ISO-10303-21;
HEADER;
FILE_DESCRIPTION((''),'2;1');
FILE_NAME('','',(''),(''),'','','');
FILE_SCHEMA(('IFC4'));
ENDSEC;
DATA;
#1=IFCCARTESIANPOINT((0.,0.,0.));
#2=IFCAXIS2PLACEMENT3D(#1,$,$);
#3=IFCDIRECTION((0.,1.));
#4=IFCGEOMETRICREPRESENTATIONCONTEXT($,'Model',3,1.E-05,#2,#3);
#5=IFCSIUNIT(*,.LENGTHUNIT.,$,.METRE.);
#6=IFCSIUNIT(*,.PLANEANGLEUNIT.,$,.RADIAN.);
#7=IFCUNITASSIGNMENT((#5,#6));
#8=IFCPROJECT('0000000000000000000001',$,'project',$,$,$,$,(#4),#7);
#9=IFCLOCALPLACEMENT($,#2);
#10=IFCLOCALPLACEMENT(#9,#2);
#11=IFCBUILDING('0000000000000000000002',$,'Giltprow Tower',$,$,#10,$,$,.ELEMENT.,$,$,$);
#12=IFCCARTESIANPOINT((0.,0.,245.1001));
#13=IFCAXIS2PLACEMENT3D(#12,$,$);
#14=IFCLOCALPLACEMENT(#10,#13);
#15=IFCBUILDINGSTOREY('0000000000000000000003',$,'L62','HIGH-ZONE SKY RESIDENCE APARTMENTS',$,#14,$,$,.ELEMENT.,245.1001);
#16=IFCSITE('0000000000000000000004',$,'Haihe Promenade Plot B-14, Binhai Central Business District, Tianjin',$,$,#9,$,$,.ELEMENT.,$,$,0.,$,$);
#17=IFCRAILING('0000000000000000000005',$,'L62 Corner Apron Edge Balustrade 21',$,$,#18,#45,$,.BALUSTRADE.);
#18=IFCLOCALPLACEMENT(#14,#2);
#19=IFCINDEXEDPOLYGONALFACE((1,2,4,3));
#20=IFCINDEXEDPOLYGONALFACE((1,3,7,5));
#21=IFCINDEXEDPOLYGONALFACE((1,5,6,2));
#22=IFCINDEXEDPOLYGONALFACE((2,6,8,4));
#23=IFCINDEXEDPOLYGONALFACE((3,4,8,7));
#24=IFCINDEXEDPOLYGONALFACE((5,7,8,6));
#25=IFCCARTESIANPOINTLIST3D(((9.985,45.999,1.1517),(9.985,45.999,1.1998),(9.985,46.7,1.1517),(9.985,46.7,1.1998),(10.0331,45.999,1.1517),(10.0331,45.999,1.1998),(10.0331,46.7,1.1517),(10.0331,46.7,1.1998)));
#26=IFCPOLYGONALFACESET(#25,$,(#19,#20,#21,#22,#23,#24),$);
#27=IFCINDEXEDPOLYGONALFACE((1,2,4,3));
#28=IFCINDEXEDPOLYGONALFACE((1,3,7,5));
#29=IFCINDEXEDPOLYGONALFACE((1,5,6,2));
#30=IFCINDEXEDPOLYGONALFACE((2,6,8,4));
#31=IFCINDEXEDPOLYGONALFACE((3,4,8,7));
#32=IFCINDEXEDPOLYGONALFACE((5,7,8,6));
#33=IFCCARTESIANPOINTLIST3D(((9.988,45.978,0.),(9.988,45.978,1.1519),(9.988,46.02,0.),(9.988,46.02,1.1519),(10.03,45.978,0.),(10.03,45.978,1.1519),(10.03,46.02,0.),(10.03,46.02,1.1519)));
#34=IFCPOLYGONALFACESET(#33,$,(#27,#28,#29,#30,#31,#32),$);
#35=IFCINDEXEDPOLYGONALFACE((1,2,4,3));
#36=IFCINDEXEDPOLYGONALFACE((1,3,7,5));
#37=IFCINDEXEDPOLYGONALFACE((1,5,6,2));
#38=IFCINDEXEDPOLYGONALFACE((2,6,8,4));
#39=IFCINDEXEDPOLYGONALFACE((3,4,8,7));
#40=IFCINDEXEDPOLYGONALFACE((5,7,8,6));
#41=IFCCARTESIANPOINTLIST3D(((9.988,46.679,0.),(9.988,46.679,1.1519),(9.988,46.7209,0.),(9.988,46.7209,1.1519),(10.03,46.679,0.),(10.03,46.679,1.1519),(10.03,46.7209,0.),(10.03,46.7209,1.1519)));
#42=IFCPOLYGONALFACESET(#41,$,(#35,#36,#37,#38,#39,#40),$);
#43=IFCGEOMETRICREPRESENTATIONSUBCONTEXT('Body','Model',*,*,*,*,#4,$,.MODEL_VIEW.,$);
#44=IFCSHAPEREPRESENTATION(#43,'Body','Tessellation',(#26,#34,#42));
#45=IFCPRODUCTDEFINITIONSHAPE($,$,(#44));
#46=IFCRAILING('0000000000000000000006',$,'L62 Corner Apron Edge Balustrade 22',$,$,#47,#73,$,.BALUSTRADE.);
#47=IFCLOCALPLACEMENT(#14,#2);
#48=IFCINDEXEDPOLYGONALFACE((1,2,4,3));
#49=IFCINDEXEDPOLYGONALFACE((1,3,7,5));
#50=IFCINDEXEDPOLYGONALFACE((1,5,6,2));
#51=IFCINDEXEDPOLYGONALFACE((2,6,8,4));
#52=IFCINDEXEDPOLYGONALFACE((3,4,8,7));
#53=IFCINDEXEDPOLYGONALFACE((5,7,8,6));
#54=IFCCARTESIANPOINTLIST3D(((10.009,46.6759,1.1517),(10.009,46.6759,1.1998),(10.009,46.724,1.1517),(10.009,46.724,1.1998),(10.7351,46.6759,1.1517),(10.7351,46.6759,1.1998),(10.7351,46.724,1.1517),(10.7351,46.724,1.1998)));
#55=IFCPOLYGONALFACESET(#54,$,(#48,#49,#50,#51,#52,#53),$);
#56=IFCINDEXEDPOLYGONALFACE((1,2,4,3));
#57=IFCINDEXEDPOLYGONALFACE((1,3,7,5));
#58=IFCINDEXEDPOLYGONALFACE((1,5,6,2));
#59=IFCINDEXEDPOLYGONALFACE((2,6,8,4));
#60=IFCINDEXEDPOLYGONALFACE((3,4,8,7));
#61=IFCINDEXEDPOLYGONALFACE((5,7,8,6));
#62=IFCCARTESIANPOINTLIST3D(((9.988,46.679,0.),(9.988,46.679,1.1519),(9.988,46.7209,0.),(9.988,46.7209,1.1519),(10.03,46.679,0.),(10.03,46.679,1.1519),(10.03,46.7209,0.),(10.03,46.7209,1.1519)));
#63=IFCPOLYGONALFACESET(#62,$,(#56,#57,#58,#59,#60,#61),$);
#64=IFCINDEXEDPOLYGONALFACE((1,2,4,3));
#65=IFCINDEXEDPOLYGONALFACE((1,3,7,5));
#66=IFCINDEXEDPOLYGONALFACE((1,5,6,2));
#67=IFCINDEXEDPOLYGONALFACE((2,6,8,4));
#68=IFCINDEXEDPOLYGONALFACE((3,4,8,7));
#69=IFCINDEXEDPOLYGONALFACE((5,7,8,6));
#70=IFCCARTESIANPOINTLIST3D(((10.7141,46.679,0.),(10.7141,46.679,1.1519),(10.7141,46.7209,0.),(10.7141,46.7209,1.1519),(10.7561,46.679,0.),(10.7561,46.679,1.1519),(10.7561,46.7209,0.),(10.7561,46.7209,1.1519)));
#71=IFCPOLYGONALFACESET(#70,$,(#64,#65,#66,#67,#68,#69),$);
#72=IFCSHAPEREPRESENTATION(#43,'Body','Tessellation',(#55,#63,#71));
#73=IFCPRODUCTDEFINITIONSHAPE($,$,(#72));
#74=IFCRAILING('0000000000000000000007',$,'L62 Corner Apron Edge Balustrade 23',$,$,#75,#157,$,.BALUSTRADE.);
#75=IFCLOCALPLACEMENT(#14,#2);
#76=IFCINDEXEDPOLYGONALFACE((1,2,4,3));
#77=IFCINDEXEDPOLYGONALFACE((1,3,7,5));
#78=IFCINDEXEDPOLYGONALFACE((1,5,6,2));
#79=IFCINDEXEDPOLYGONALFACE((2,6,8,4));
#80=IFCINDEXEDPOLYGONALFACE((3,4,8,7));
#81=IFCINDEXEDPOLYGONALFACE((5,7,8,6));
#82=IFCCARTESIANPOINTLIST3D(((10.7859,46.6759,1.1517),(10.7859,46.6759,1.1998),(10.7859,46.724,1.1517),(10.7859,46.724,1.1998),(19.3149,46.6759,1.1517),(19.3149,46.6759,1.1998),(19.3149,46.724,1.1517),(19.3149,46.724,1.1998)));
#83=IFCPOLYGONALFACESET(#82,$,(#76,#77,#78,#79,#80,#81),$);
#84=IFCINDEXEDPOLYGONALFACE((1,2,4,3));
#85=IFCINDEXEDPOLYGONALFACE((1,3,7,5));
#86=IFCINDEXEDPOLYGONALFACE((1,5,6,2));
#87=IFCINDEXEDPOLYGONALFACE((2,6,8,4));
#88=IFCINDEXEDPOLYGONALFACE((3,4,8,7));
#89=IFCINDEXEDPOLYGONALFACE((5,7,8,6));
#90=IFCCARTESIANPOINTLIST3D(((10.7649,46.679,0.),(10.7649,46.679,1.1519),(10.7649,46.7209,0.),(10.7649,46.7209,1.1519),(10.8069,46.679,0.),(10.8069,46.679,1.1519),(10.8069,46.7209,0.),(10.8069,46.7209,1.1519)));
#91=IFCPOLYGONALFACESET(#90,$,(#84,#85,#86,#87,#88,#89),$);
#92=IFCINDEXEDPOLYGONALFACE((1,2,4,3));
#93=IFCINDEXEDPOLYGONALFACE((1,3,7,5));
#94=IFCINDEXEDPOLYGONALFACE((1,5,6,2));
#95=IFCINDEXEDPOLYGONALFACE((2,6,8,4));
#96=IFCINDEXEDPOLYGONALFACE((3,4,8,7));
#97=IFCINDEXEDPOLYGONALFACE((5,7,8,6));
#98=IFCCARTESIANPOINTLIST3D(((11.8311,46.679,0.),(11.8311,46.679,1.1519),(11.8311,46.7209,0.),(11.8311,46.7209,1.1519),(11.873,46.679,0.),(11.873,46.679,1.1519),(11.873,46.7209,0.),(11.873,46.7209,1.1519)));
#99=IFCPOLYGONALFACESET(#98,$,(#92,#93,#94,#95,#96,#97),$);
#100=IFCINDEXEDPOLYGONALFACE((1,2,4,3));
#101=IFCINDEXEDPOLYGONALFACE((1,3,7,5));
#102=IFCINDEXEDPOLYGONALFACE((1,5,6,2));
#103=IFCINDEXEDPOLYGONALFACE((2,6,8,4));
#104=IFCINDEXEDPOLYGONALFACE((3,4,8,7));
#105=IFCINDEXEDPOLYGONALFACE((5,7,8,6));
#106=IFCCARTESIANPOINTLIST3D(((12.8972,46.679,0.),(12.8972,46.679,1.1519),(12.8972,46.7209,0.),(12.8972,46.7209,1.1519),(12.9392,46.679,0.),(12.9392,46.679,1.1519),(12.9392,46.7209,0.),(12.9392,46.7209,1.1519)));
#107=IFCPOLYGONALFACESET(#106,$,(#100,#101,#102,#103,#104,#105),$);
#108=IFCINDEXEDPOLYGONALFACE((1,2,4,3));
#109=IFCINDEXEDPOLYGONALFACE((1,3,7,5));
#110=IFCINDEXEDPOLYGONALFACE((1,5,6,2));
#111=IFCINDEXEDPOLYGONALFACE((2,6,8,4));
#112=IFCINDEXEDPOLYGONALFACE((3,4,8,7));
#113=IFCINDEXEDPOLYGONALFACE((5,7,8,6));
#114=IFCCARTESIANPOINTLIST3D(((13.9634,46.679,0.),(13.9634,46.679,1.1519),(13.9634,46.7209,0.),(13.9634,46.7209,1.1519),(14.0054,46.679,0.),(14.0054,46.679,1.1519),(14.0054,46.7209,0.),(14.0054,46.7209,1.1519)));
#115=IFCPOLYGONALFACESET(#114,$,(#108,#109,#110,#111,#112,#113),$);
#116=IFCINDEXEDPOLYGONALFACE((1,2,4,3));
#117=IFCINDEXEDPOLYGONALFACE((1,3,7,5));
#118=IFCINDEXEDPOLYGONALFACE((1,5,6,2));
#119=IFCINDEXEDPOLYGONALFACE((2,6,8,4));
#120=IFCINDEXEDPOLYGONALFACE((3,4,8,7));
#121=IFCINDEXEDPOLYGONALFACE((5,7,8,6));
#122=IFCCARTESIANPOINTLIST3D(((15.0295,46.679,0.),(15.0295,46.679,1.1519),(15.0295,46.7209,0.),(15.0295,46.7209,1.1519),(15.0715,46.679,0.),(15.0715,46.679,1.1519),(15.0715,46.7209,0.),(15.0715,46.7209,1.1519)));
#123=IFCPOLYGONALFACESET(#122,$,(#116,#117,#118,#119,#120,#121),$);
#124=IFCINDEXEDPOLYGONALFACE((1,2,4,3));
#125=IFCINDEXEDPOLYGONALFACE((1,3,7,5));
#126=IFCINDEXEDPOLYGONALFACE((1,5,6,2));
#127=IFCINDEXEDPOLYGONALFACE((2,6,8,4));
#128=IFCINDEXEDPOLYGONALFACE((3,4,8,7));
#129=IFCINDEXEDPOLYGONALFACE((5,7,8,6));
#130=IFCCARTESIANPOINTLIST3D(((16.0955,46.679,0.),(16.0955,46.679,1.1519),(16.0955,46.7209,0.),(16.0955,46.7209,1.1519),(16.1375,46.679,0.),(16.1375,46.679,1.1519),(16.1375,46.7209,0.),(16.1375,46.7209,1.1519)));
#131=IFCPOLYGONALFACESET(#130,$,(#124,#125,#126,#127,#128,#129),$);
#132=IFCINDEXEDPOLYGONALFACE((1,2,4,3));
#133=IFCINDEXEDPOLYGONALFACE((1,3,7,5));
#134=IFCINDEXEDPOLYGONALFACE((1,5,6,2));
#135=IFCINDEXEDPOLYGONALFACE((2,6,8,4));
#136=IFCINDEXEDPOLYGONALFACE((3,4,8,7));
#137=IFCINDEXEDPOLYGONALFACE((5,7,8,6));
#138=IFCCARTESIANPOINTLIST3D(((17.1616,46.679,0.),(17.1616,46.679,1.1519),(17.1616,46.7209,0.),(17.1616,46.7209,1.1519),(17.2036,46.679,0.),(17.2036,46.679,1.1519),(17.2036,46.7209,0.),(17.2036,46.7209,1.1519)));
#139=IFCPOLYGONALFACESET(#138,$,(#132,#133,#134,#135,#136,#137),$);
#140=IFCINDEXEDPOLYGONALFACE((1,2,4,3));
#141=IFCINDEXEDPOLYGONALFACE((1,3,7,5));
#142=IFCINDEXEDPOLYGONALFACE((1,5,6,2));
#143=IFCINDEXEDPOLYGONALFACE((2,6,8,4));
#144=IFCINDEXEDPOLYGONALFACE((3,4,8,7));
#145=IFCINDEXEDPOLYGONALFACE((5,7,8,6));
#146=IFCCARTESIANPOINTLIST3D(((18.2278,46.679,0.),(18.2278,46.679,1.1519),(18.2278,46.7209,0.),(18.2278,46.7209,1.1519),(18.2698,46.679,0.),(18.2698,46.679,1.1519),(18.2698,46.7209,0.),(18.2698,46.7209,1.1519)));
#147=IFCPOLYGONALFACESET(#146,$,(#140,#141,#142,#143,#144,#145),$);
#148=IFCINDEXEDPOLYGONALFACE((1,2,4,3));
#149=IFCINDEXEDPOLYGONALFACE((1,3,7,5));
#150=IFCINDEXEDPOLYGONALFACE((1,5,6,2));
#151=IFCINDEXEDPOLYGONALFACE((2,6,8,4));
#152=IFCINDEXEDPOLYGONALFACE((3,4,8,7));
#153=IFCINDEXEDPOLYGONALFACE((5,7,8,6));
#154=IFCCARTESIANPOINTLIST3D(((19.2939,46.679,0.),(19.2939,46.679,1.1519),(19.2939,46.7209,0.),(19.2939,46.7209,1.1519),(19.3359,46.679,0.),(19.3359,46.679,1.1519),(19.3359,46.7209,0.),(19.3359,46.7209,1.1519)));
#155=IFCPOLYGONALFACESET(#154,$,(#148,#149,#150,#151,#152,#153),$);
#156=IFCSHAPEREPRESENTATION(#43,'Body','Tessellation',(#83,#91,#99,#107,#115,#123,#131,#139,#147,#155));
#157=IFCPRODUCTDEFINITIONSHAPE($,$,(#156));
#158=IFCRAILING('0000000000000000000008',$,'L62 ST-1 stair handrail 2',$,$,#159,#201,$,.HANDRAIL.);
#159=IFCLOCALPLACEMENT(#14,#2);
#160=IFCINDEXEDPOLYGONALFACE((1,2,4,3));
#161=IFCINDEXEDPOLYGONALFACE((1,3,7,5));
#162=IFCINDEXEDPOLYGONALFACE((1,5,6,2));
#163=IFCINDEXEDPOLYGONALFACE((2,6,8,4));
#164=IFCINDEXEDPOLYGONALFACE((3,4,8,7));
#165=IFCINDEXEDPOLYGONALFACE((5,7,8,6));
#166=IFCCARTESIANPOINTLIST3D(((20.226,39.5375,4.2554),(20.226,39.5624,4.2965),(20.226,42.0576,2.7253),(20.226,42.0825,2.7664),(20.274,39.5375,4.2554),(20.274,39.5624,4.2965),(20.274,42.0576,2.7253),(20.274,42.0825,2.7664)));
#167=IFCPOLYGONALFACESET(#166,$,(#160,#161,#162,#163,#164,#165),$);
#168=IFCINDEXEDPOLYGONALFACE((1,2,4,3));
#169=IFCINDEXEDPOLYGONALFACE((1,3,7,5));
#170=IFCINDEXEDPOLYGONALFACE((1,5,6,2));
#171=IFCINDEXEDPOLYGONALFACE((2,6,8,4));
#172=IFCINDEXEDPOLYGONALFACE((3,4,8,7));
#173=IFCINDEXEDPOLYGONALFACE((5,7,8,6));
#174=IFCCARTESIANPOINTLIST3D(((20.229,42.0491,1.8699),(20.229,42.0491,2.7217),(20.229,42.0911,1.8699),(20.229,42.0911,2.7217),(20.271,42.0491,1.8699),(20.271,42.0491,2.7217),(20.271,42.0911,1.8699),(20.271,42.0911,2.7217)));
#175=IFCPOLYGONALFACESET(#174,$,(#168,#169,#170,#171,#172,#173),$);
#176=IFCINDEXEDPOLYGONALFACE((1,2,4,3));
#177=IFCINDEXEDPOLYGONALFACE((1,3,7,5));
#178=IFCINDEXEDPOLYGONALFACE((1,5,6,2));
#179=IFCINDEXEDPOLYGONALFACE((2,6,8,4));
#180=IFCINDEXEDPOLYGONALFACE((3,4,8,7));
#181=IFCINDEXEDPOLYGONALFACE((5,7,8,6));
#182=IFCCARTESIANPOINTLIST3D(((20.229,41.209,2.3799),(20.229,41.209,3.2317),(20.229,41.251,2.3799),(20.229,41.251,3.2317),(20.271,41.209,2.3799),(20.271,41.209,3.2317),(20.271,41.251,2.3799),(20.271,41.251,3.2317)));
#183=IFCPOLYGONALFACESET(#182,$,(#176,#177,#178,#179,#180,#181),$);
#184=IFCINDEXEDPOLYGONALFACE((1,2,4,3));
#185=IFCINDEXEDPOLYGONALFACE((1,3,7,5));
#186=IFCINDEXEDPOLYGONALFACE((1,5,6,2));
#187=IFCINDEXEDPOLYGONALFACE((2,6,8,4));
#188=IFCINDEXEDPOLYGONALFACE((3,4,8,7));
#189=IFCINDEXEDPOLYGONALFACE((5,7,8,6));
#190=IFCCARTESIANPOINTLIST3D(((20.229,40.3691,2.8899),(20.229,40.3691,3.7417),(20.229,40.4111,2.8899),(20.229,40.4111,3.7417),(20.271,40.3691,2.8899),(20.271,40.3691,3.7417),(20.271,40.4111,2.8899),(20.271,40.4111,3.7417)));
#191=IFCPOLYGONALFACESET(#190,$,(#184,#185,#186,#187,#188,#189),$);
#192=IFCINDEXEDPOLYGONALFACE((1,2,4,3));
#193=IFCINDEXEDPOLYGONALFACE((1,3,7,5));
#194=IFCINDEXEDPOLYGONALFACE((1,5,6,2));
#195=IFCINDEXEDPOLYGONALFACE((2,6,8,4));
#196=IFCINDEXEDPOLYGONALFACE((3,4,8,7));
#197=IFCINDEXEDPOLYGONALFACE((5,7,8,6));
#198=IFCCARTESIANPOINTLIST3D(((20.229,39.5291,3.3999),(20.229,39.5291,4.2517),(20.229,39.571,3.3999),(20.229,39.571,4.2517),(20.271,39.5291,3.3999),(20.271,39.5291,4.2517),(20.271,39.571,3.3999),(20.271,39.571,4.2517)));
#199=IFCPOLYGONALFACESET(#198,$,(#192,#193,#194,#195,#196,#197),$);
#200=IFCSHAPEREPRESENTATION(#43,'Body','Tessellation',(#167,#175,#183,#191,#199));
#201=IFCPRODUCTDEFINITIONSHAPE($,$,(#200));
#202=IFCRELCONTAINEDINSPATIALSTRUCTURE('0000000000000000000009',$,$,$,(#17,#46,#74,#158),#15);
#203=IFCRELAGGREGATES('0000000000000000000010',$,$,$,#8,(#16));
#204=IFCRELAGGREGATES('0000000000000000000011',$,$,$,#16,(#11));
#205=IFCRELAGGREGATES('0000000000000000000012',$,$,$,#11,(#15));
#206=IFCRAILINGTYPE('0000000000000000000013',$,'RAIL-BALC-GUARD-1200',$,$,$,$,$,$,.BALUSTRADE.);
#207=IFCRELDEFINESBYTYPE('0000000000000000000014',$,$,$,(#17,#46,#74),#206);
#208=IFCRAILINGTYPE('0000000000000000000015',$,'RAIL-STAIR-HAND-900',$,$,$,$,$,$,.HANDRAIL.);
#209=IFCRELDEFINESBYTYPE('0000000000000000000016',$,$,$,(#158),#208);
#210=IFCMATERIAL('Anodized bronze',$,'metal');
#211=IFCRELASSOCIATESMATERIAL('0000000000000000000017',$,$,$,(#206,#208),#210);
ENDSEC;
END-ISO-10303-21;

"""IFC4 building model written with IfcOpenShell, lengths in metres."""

from ifc_helpers import new_model, si_unit, direction, frame, origin, origin_2d, place, context, subcontext, project, spatial, rectangle, extrude, material, type_object, element, save


model = new_model("IFC4")

# Units and contexts
model_context = context("Model", 3, precision=1e-05, world=origin(), true_north=direction((0.0, 1.0)))
body_context = subcontext(model_context, "Body", "Model", "MODEL_VIEW")
ifc_project = project(units=[si_unit("LENGTHUNIT", "METRE"), si_unit("PLANEANGLEUNIT", "RADIAN")], contexts=[model_context])

# Site, building, storey
site_placement = place(None, origin())
site = spatial("IfcSite", under=ifc_project, at=site_placement, Name="Haihe Promenade Plot B-14, Binhai Central Business District, Tianjin", CompositionType="ELEMENT", RefElevation=0.0)
building_placement = place(site_placement, origin())
building = spatial("IfcBuilding", under=site, at=building_placement, Name="Giltprow Tower", CompositionType="ELEMENT")
storey_placement = place(building_placement, frame((0.0, 0.0, 245.1001)))
storey = spatial("IfcBuildingStorey", under=building, at=storey_placement, Name="L62", Description="HIGH-ZONE SKY RESIDENCE APARTMENTS", CompositionType="ELEMENT", Elevation=245.1001)

# Railings
ifc_material_1 = material(Name="Anodized bronze", Category="metal")
railing_type_1 = type_object("IfcRailingType", Name="RAIL-BALC-GUARD-1200", PredefinedType="BALUSTRADE", material=ifc_material_1)
railing_1_placement = place(storey_placement, frame((10.009, 45.999, 0.0)))
element("IfcRailing", 1, at=railing_1_placement, inside=storey, type_object=railing_type_1, Name="L62 Corner Apron Edge Balustrade 21", PredefinedType="BALUSTRADE", context=body_context, shape_type="SweptSolid", body=[
    extrude(rectangle(XDim=0.0481, YDim=0.0481, at=origin_2d()), frame((0.0, 0.0, 1.1758), z_axis=(0.0, 1.0, 0.0), x_axis=(-1.0, 0.0, 0.0)), (0.0, 0.0, 1.0), 0.7009),
    extrude(rectangle(XDim=0.042, YDim=0.042, at=origin_2d()), origin(), (0.0, 0.0, 1.0), 1.1519),
    extrude(rectangle(XDim=0.042, YDim=0.042, at=origin_2d()), frame((0.0, 0.7009, 0.0)), (0.0, 0.0, 1.0), 1.1519),
])
railing_2_placement = place(storey_placement, frame((10.009, 46.7, 0.0)))
element("IfcRailing", 2, at=railing_2_placement, inside=storey, type_object=railing_type_1, Name="L62 Corner Apron Edge Balustrade 22", PredefinedType="BALUSTRADE", context=body_context, shape_type="SweptSolid", body=[
    extrude(rectangle(XDim=0.0481, YDim=0.0481, at=origin_2d()), frame((0.0, 0.0, 1.1758), z_axis=(1.0, 0.0, 0.0), x_axis=(0.0, 1.0, 0.0)), (0.0, 0.0, 1.0), 0.7261),
    extrude(rectangle(XDim=0.042, YDim=0.042, at=origin_2d()), origin(), (0.0, 0.0, 1.0), 1.1519),
    extrude(rectangle(XDim=0.042, YDim=0.042, at=origin_2d()), frame((0.7261, 0.0, 0.0)), (0.0, 0.0, 1.0), 1.1519),
])
railing_3_placement = place(storey_placement, frame((10.7859, 46.7, 0.0)))
element("IfcRailing", 3, at=railing_3_placement, inside=storey, type_object=railing_type_1, Name="L62 Corner Apron Edge Balustrade 23", PredefinedType="BALUSTRADE", context=body_context, shape_type="SweptSolid", body=[
    extrude(rectangle(XDim=0.0481, YDim=0.0481, at=origin_2d()), frame((0.0, 0.0, 1.1758), z_axis=(1.0, 0.0, 0.0), x_axis=(0.0, 1.0, 0.0)), (0.0, 0.0, 1.0), 8.5291),
    extrude(rectangle(XDim=0.042, YDim=0.042, at=origin_2d()), origin(), (0.0, 0.0, 1.0), 1.1519),
    extrude(rectangle(XDim=0.042, YDim=0.042, at=origin_2d()), frame((1.0662, 0.0, 0.0)), (0.0, 0.0, 1.0), 1.1519),
    extrude(rectangle(XDim=0.042, YDim=0.042, at=origin_2d()), frame((2.1323, 0.0, 0.0)), (0.0, 0.0, 1.0), 1.1519),
    extrude(rectangle(XDim=0.042, YDim=0.042, at=origin_2d()), frame((3.1985, 0.0, 0.0)), (0.0, 0.0, 1.0), 1.1519),
    extrude(rectangle(XDim=0.042, YDim=0.042, at=origin_2d()), frame((4.2646, 0.0, 0.0)), (0.0, 0.0, 1.0), 1.1519),
    extrude(rectangle(XDim=0.042, YDim=0.042, at=origin_2d()), frame((5.3306, 0.0, 0.0)), (0.0, 0.0, 1.0), 1.1519),
    extrude(rectangle(XDim=0.042, YDim=0.042, at=origin_2d()), frame((6.3967, 0.0, 0.0)), (0.0, 0.0, 1.0), 1.1519),
    extrude(rectangle(XDim=0.042, YDim=0.042, at=origin_2d()), frame((7.4629, 0.0, 0.0)), (0.0, 0.0, 1.0), 1.1519),
    extrude(rectangle(XDim=0.042, YDim=0.042, at=origin_2d()), frame((8.5291, 0.0, 0.0)), (0.0, 0.0, 1.0), 1.1519),
])
railing_type_2 = type_object("IfcRailingType", Name="RAIL-STAIR-HAND-900", PredefinedType="HANDRAIL", material=ifc_material_1)
railing_4_placement = place(storey_placement, frame((20.25, 42.0701, 1.8699)))
element("IfcRailing", 4, at=railing_4_placement, inside=storey, type_object=railing_type_2, Name="L62 ST-1 stair handrail 2", PredefinedType="HANDRAIL", context=body_context, shape_type="SweptSolid", body=[
    extrude(rectangle(XDim=0.0481, YDim=0.0481, at=origin_2d()), frame((0.0, 0.0, 0.876), z_axis=(0.0, -0.854785, 0.518982), x_axis=(1.0, 0.0, 0.0)), (0.0, 0.0, 1.0), 2.9482),
    extrude(rectangle(XDim=0.042, YDim=0.042, at=origin_2d()), origin(), (0.0, 0.0, 1.0), 0.8518),
    extrude(rectangle(XDim=0.042, YDim=0.042, at=origin_2d()), frame((0.0, -0.8401, 0.51)), (0.0, 0.0, 1.0), 0.8518),
    extrude(rectangle(XDim=0.042, YDim=0.042, at=origin_2d()), frame((0.0, -1.6799, 1.02)), (0.0, 0.0, 1.0), 0.8518),
    extrude(rectangle(XDim=0.042, YDim=0.042, at=origin_2d()), frame((0.0, -2.52, 1.53)), (0.0, 0.0, 1.0), 0.8518),
])

save(model, "model.ifc")
